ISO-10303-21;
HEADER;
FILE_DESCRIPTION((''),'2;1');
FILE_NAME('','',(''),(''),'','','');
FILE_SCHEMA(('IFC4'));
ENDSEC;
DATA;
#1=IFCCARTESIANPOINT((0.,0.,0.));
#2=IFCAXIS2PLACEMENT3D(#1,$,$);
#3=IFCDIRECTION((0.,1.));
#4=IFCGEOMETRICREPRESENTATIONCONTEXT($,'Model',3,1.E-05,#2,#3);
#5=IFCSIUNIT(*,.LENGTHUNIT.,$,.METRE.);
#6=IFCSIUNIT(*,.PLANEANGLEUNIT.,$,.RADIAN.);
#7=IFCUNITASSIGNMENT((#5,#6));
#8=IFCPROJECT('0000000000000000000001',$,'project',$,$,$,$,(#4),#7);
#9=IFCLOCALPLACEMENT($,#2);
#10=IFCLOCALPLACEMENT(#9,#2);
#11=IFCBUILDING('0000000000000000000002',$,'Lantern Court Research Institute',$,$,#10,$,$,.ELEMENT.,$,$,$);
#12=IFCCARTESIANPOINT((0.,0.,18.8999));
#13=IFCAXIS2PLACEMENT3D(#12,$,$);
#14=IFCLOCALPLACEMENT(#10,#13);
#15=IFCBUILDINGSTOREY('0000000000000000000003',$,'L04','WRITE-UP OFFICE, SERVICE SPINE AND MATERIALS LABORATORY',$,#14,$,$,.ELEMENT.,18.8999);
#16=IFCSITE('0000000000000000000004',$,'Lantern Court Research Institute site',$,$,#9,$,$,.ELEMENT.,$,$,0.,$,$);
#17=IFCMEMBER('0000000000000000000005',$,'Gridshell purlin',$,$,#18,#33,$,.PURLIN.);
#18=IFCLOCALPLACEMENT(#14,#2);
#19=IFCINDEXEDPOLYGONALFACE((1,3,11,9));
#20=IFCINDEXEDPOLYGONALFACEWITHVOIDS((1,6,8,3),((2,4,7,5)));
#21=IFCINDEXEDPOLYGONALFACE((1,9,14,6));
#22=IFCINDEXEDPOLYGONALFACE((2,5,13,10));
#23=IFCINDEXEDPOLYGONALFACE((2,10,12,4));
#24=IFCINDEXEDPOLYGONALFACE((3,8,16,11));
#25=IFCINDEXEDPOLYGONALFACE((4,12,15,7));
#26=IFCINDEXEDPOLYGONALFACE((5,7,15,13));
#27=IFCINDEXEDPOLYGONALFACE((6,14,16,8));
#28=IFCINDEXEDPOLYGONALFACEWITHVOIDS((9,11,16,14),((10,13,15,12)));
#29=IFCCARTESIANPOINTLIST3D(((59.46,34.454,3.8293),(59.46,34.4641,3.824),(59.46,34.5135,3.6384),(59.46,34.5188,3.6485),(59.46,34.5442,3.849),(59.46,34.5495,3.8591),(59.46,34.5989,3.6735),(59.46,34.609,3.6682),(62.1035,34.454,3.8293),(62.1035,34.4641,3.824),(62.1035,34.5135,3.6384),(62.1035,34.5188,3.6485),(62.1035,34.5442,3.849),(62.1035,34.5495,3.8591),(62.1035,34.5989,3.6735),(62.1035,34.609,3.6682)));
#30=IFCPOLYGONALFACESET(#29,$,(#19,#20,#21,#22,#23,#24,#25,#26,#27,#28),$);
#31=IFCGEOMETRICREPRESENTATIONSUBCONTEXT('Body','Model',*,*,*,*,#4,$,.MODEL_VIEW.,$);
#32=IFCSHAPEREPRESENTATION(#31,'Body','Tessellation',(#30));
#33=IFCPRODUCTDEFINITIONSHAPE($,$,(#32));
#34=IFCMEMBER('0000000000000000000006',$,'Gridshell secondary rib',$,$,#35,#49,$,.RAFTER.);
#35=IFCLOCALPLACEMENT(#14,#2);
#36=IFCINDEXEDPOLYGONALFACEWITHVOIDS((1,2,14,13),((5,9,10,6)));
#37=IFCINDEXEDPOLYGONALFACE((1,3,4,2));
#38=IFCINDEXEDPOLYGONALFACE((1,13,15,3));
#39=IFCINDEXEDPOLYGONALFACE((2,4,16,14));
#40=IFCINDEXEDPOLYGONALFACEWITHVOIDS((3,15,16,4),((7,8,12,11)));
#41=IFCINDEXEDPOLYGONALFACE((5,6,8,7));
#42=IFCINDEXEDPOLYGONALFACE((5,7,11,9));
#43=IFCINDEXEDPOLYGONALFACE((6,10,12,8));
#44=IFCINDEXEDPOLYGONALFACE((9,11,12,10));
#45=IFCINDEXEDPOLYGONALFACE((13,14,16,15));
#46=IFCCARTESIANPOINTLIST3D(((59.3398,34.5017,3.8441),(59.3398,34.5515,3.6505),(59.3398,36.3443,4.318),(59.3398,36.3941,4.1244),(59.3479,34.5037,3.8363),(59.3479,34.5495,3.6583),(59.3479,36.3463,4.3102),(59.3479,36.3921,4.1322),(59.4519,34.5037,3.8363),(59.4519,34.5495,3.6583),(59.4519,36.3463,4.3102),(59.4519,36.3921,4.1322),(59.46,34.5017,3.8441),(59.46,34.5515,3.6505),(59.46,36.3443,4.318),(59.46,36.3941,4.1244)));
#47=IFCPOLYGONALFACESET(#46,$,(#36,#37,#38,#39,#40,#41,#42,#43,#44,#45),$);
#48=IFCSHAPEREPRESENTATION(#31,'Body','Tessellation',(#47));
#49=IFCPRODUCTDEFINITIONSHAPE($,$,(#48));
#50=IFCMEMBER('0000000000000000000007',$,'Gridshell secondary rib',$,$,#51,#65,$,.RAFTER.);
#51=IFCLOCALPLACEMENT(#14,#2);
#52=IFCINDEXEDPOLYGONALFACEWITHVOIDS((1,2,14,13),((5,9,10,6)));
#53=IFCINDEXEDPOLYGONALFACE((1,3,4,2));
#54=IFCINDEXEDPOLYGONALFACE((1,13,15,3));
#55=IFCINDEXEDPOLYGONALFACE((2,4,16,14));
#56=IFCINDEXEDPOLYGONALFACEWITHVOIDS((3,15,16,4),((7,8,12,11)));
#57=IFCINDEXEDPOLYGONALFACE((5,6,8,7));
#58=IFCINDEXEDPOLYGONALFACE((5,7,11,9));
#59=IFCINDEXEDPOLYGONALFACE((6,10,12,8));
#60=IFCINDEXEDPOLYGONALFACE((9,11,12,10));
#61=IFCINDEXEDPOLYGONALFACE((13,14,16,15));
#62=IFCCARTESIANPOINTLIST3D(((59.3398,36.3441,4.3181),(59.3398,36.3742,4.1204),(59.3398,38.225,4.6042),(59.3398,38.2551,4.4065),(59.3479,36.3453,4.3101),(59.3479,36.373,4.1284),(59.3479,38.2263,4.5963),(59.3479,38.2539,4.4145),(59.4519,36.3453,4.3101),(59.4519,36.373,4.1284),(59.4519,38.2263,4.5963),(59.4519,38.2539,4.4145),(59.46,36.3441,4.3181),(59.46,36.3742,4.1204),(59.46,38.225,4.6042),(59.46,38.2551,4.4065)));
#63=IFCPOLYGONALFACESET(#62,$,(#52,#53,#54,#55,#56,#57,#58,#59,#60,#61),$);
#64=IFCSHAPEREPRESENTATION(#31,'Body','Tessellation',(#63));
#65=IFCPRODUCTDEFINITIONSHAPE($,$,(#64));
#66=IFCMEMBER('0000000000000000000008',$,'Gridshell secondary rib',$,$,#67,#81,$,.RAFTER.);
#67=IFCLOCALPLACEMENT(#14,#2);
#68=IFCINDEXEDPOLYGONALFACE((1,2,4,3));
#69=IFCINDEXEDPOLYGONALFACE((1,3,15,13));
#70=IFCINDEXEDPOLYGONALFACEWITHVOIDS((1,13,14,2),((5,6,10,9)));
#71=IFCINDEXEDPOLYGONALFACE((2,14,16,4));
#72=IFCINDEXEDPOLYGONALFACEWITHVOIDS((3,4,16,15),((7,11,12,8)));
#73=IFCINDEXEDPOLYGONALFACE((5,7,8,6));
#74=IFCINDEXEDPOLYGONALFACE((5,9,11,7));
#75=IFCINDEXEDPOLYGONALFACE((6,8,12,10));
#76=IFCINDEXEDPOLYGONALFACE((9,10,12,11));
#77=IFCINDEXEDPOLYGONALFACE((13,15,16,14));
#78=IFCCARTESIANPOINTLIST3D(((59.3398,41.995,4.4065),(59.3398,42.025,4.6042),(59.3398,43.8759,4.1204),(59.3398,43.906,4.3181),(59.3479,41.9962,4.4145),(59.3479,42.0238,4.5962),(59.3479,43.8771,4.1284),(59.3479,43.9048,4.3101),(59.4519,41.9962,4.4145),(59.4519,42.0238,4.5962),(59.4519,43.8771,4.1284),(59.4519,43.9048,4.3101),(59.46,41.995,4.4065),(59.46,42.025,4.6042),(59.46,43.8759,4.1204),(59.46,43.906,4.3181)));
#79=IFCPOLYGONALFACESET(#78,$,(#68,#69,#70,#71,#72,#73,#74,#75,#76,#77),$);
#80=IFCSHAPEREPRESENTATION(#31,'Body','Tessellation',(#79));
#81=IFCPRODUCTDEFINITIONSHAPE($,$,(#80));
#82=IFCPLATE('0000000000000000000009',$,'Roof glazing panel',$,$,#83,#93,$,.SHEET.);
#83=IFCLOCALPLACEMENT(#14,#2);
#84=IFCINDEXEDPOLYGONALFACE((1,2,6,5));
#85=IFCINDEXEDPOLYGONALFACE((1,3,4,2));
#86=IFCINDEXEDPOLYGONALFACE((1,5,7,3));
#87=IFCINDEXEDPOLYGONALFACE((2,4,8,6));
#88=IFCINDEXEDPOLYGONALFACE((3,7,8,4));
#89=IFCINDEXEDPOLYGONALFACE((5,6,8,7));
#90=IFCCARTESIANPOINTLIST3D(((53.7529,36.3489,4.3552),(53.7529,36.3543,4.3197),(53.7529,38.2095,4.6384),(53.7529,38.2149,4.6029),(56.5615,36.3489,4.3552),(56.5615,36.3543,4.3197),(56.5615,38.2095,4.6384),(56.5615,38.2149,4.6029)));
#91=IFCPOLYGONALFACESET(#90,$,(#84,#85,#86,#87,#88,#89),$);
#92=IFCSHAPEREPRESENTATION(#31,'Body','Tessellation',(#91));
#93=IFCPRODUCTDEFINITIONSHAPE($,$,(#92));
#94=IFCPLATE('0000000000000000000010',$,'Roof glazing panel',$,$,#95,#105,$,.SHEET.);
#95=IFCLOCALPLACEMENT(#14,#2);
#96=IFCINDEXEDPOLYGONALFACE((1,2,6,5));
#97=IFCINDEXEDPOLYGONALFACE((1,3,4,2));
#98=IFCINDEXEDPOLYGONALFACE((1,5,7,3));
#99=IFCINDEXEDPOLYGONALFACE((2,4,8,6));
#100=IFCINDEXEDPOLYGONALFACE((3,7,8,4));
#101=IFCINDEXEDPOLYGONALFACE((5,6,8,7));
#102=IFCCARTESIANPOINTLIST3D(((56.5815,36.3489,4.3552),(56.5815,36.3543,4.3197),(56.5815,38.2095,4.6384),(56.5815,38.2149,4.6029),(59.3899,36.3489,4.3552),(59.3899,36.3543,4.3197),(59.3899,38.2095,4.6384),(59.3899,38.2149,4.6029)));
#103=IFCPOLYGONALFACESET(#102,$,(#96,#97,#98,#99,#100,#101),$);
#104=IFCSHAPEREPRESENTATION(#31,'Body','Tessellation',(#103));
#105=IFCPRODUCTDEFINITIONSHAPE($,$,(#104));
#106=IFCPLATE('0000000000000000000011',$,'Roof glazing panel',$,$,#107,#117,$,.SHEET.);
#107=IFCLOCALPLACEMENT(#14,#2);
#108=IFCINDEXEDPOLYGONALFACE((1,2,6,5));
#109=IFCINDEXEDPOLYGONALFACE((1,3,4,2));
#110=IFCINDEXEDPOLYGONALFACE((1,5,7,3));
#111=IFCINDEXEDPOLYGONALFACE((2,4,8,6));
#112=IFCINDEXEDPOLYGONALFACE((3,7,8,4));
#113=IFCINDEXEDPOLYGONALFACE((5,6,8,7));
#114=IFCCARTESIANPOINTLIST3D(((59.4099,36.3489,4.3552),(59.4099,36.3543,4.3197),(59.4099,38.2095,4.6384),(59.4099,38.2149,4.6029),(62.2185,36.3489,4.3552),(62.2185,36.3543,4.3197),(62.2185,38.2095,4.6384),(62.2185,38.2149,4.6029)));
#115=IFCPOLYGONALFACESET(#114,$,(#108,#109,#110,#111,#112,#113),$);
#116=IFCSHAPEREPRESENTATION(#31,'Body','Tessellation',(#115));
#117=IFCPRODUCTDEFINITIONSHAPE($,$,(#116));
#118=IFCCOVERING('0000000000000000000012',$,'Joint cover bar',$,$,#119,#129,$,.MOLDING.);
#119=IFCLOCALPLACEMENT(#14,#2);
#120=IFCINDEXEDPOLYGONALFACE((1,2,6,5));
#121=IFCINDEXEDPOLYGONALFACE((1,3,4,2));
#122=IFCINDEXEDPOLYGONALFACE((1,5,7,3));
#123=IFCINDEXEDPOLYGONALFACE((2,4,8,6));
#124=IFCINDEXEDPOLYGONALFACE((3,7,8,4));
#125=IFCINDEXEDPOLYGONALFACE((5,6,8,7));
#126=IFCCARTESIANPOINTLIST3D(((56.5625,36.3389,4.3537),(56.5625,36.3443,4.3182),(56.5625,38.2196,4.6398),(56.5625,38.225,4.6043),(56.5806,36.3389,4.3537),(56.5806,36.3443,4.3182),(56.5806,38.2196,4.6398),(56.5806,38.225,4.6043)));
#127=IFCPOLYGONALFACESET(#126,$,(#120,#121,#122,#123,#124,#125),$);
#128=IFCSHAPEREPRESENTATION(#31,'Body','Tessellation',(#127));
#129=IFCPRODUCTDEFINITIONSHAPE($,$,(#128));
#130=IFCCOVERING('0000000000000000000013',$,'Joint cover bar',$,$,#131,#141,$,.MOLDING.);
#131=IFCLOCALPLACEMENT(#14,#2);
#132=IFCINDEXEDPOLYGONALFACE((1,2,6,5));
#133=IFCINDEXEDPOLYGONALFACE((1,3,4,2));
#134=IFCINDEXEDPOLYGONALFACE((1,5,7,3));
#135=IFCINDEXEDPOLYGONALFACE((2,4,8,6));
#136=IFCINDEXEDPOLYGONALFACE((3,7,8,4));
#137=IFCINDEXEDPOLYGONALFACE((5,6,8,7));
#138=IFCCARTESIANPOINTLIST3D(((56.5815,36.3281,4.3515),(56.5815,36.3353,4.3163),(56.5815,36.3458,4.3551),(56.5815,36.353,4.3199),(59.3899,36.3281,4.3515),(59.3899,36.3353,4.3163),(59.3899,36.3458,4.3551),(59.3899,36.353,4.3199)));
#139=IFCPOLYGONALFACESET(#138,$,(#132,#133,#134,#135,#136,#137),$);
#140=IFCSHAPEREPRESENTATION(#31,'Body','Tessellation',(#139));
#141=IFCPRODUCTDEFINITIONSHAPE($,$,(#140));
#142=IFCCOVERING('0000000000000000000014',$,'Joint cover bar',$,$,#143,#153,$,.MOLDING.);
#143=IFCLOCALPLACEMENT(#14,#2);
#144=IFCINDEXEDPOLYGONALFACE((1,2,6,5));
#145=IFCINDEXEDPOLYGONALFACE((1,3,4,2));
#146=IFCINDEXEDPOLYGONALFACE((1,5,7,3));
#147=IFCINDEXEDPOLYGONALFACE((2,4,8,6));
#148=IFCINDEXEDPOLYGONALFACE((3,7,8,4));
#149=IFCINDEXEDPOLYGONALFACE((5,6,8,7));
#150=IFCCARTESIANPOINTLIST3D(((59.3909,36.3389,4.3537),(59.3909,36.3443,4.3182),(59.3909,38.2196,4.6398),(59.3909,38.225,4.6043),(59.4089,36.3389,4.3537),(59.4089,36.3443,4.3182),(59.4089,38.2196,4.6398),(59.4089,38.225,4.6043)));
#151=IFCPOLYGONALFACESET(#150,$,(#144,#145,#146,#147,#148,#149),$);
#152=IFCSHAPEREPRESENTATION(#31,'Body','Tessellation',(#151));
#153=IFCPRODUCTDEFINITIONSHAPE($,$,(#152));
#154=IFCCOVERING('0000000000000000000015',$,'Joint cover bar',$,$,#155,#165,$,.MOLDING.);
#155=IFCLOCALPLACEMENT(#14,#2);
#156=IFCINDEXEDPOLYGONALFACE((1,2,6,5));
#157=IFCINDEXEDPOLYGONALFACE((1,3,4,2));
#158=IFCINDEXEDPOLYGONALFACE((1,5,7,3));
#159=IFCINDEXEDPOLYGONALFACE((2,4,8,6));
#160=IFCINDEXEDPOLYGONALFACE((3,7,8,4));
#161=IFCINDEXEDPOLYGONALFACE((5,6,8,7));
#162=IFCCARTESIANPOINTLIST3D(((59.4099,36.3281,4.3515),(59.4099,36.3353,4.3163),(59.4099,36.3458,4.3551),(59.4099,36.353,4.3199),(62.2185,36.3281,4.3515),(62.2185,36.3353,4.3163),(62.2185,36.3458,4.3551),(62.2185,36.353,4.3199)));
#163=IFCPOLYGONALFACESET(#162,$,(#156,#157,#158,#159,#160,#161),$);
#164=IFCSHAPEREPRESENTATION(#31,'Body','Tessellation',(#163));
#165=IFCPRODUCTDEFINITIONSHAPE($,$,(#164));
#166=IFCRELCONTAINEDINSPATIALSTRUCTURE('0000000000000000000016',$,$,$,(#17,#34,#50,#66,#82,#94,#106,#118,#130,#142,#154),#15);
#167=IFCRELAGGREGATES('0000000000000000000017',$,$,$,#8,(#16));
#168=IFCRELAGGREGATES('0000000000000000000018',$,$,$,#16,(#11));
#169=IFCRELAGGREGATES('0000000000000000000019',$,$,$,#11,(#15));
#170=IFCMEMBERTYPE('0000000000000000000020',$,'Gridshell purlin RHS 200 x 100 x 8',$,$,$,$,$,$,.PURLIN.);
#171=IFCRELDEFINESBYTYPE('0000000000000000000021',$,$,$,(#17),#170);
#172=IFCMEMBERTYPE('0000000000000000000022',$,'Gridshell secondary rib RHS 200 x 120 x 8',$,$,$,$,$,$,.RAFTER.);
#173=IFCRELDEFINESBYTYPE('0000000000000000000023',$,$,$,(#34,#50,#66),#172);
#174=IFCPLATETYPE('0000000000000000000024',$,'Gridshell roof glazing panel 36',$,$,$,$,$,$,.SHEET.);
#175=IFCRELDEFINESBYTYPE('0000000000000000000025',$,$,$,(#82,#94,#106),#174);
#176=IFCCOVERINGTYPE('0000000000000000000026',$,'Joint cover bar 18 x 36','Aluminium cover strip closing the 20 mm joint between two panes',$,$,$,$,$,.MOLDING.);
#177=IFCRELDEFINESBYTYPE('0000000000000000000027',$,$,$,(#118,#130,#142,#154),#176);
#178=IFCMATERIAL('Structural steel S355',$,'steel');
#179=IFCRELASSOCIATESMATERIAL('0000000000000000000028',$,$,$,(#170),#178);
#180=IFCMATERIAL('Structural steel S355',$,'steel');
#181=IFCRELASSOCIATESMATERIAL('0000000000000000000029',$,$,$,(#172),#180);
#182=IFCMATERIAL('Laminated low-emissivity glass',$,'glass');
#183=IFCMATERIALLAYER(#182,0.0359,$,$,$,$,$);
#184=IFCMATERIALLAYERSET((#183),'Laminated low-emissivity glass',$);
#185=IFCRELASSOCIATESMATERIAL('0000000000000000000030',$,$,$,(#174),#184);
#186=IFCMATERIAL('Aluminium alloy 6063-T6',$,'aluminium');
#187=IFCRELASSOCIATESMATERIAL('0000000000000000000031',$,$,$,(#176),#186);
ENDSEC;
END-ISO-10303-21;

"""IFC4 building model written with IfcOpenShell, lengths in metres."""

from ifc_helpers import new_model, si_unit, direction, frame, origin, origin_2d, place, context, subcontext, project, spatial, polyline, rectangle, hollow_rectangle, outline, extrude, material, layer, layer_set, material_profile, profile_set, type_object, element, save


model = new_model("IFC4")

# Units and contexts
model_context = context("Model", 3, precision=1e-05, world=origin(), true_north=direction((0.0, 1.0)))
body_context = subcontext(model_context, "Body", "Model", "MODEL_VIEW")
ifc_project = project(units=[si_unit("LENGTHUNIT", "METRE"), si_unit("PLANEANGLEUNIT", "RADIAN")], contexts=[model_context])

# Site, building, storey
site_placement = place(None, origin())
site = spatial("IfcSite", under=ifc_project, at=site_placement, Name="Lantern Court Research Institute site", CompositionType="ELEMENT", RefElevation=0.0)
building_placement = place(site_placement, origin())
building = spatial("IfcBuilding", under=site, at=building_placement, Name="Lantern Court Research Institute", CompositionType="ELEMENT")
storey_placement = place(building_placement, frame((0.0, 0.0, 18.8999)))
storey = spatial("IfcBuildingStorey", under=building, at=storey_placement, Name="L04", Description="WRITE-UP OFFICE, SERVICE SPINE AND MATERIALS LABORATORY", CompositionType="ELEMENT", Elevation=18.8999)

# Members
ifc_material_1 = material(Name="Structural steel S355", Category="steel")
ifc_material_profile_1 = material_profile(ifc_material_1, hollow_rectangle(XDim=0.1001, YDim=0.2, WallThickness=0.0081, at=origin_2d()), Name="Gridshell purlin RHS 200 x 100 x 8")
ifc_profile_set_1 = profile_set([ifc_material_profile_1], Name="Structural steel S355")
member_type_1 = type_object("IfcMemberType", Name="Gridshell purlin RHS 200 x 100 x 8", PredefinedType="PURLIN", material=ifc_profile_set_1)
for number, where, z_axis, x_axis, name in (
    (1, (59.46, 34.5315, 3.7488), (1.0, 0.0, 0.0), (0.0, 0.954713, 0.297528), "Gridshell purlin"),
):
    element("IfcMember", number, at=place(storey_placement, frame(where, z_axis=z_axis, x_axis=x_axis)), inside=storey, type_object=member_type_1, Name=name, PredefinedType="PURLIN", context=body_context, shape_type="SweptSolid", body=[
        extrude(hollow_rectangle(XDim=0.1001, YDim=0.2, WallThickness=0.0081, at=origin_2d()), origin(), (0.0, 0.0, 1.0), 2.6436),
    ])
ifc_material_2 = material(Name="Structural steel S355", Category="steel")
ifc_material_profile_2 = material_profile(ifc_material_2, hollow_rectangle(XDim=0.1201, YDim=0.2, WallThickness=0.0081, at=origin_2d()), Name="Gridshell secondary rib RHS 200 x 120 x 8")
ifc_profile_set_2 = profile_set([ifc_material_profile_2], Name="Structural steel S355")
member_type_2 = type_object("IfcMemberType", Name="Gridshell secondary rib RHS 200 x 120 x 8", PredefinedType="RAFTER", material=ifc_profile_set_2)
for number, where, z_axis, x_axis, name in (
    (2, (59.3999, 34.5266, 3.7473), (0.0, 0.968482, 0.249082), (-1.0, 0.0, 0.0), "Gridshell secondary rib"),
    (3, (59.3999, 36.3591, 4.2192), (0.0, 0.988625, 0.150398), (-1.0, 0.0, 0.0), "Gridshell secondary rib"),
    (4, (59.3999, 42.01, 4.5054), (0.0, 0.988625, -0.150398), (-1.0, 0.0, 0.0), "Gridshell secondary rib"),
):
    element("IfcMember", number, at=place(storey_placement, frame(where, z_axis=z_axis, x_axis=x_axis)), inside=storey, type_object=member_type_2, Name=name, PredefinedType="RAFTER", context=body_context, shape_type="SweptSolid", body=[
        extrude(hollow_rectangle(XDim=0.1201, YDim=0.2, WallThickness=0.0081, at=origin_2d()), origin(), (0.0, 0.0, 1.0), 1.9026),
    ])

# Plates
ifc_material_3 = material(Name="Laminated low-emissivity glass", Category="glass")
ifc_layer = layer(ifc_material_3, 0.0359)
ifc_layer_set = layer_set([ifc_layer], Name="Laminated low-emissivity glass")
plate_type = type_object("IfcPlateType", Name="Gridshell roof glazing panel 36", PredefinedType="SHEET", material=ifc_layer_set)
plate_1_placement = place(storey_placement, frame((56.5615, 36.3489, 4.3552), z_axis=(0.0, -0.150478, 0.988613), x_axis=(-1.0, 0.0, 0.0)))
element("IfcPlate", 5, at=plate_1_placement, inside=storey, type_object=plate_type, Name="Roof glazing panel", PredefinedType="SHEET", context=body_context, shape_type="SweptSolid", body=[
    extrude(outline(polyline([(0.0, 0.0), (2.8086, 0.0), (2.8086, -1.882), (0.0, -1.882), (0.0, 0.0)])), origin(), (0.0, 0.0, -1.0), 0.0359),
])
plate_2_placement = place(storey_placement, frame((59.3899, 36.3489, 4.3552), z_axis=(0.0, -0.150478, 0.988613), x_axis=(-1.0, 0.0, 0.0)))
element("IfcPlate", 6, at=plate_2_placement, inside=storey, type_object=plate_type, Name="Roof glazing panel", PredefinedType="SHEET", context=body_context, shape_type="SweptSolid", body=[
    extrude(outline(polyline([(0.0, 0.0), (2.8083, 0.0), (2.8083, -1.882), (0.0, -1.882), (0.0, 0.0)])), origin(), (0.0, 0.0, -1.0), 0.0359),
])
plate_3_placement = place(storey_placement, frame((62.2185, 36.3489, 4.3552), z_axis=(0.0, -0.150478, 0.988613), x_axis=(-1.0, 0.0, 0.0)))
element("IfcPlate", 7, at=plate_3_placement, inside=storey, type_object=plate_type, Name="Roof glazing panel", PredefinedType="SHEET", context=body_context, shape_type="SweptSolid", body=[
    extrude(outline(polyline([(0.0, 0.0), (2.8086, 0.0), (2.8086, -1.882), (0.0, -1.882), (0.0, 0.0)])), origin(), (0.0, 0.0, -1.0), 0.0359),
])

# Coverings
ifc_material_4 = material(Name="Aluminium alloy 6063-T6", Category="aluminium")
ifc_material_profile_3 = material_profile(ifc_material_4, rectangle(XDim=0.0181, YDim=0.0359, at=origin_2d()), Name="Joint cover bar 18 x 36")
ifc_profile_set_3 = profile_set([ifc_material_profile_3], Name="Aluminium alloy 6063-T6")
covering_type = type_object("IfcCoveringType", Name="Joint cover bar 18 x 36", Description="Aluminium cover strip closing the 20 mm joint between two panes", PredefinedType="MOLDING", material=ifc_profile_set_3)
covering_1_placement = place(storey_placement, frame((56.5715, 36.3416, 4.3359), z_axis=(0.0, 0.988623, 0.150417), x_axis=(-1.0, 0.0, 0.0)))
element("IfcCovering", 8, at=covering_1_placement, inside=storey, type_object=covering_type, Name="Joint cover bar", PredefinedType="MOLDING", context=body_context, shape_type="SweptSolid", body=[
    extrude(rectangle(XDim=0.0181, YDim=0.0359, at=origin_2d()), origin(), (0.0, 0.0, 1.0), 1.9023),
])
covering_2_placement = place(storey_placement, frame((56.5815, 36.3406, 4.3357), z_axis=(1.0, 0.0, 0.0), x_axis=(0.0, 0.979787, 0.200043)))
element("IfcCovering", 9, at=covering_2_placement, inside=storey, type_object=covering_type, Name="Joint cover bar", PredefinedType="MOLDING", context=body_context, shape_type="SweptSolid", body=[
    extrude(rectangle(XDim=0.0181, YDim=0.0359, at=origin_2d()), origin(), (0.0, 0.0, 1.0), 2.8083),
])
covering_3_placement = place(storey_placement, frame((59.3999, 36.3416, 4.3359), z_axis=(0.0, 0.988623, 0.150417), x_axis=(-1.0, 0.0, 0.0)))
element("IfcCovering", 10, at=covering_3_placement, inside=storey, type_object=covering_type, Name="Joint cover bar", PredefinedType="MOLDING", context=body_context, shape_type="SweptSolid", body=[
    extrude(rectangle(XDim=0.0181, YDim=0.0359, at=origin_2d()), origin(), (0.0, 0.0, 1.0), 1.9023),
])
covering_4_placement = place(storey_placement, frame((59.4099, 36.3406, 4.3357), z_axis=(1.0, 0.0, 0.0), x_axis=(0.0, 0.979787, 0.200043)))
element("IfcCovering", 11, at=covering_4_placement, inside=storey, type_object=covering_type, Name="Joint cover bar", PredefinedType="MOLDING", context=body_context, shape_type="SweptSolid", body=[
    extrude(rectangle(XDim=0.0181, YDim=0.0359, at=origin_2d()), origin(), (0.0, 0.0, 1.0), 2.8086),
])

save(model, "model.ifc")
